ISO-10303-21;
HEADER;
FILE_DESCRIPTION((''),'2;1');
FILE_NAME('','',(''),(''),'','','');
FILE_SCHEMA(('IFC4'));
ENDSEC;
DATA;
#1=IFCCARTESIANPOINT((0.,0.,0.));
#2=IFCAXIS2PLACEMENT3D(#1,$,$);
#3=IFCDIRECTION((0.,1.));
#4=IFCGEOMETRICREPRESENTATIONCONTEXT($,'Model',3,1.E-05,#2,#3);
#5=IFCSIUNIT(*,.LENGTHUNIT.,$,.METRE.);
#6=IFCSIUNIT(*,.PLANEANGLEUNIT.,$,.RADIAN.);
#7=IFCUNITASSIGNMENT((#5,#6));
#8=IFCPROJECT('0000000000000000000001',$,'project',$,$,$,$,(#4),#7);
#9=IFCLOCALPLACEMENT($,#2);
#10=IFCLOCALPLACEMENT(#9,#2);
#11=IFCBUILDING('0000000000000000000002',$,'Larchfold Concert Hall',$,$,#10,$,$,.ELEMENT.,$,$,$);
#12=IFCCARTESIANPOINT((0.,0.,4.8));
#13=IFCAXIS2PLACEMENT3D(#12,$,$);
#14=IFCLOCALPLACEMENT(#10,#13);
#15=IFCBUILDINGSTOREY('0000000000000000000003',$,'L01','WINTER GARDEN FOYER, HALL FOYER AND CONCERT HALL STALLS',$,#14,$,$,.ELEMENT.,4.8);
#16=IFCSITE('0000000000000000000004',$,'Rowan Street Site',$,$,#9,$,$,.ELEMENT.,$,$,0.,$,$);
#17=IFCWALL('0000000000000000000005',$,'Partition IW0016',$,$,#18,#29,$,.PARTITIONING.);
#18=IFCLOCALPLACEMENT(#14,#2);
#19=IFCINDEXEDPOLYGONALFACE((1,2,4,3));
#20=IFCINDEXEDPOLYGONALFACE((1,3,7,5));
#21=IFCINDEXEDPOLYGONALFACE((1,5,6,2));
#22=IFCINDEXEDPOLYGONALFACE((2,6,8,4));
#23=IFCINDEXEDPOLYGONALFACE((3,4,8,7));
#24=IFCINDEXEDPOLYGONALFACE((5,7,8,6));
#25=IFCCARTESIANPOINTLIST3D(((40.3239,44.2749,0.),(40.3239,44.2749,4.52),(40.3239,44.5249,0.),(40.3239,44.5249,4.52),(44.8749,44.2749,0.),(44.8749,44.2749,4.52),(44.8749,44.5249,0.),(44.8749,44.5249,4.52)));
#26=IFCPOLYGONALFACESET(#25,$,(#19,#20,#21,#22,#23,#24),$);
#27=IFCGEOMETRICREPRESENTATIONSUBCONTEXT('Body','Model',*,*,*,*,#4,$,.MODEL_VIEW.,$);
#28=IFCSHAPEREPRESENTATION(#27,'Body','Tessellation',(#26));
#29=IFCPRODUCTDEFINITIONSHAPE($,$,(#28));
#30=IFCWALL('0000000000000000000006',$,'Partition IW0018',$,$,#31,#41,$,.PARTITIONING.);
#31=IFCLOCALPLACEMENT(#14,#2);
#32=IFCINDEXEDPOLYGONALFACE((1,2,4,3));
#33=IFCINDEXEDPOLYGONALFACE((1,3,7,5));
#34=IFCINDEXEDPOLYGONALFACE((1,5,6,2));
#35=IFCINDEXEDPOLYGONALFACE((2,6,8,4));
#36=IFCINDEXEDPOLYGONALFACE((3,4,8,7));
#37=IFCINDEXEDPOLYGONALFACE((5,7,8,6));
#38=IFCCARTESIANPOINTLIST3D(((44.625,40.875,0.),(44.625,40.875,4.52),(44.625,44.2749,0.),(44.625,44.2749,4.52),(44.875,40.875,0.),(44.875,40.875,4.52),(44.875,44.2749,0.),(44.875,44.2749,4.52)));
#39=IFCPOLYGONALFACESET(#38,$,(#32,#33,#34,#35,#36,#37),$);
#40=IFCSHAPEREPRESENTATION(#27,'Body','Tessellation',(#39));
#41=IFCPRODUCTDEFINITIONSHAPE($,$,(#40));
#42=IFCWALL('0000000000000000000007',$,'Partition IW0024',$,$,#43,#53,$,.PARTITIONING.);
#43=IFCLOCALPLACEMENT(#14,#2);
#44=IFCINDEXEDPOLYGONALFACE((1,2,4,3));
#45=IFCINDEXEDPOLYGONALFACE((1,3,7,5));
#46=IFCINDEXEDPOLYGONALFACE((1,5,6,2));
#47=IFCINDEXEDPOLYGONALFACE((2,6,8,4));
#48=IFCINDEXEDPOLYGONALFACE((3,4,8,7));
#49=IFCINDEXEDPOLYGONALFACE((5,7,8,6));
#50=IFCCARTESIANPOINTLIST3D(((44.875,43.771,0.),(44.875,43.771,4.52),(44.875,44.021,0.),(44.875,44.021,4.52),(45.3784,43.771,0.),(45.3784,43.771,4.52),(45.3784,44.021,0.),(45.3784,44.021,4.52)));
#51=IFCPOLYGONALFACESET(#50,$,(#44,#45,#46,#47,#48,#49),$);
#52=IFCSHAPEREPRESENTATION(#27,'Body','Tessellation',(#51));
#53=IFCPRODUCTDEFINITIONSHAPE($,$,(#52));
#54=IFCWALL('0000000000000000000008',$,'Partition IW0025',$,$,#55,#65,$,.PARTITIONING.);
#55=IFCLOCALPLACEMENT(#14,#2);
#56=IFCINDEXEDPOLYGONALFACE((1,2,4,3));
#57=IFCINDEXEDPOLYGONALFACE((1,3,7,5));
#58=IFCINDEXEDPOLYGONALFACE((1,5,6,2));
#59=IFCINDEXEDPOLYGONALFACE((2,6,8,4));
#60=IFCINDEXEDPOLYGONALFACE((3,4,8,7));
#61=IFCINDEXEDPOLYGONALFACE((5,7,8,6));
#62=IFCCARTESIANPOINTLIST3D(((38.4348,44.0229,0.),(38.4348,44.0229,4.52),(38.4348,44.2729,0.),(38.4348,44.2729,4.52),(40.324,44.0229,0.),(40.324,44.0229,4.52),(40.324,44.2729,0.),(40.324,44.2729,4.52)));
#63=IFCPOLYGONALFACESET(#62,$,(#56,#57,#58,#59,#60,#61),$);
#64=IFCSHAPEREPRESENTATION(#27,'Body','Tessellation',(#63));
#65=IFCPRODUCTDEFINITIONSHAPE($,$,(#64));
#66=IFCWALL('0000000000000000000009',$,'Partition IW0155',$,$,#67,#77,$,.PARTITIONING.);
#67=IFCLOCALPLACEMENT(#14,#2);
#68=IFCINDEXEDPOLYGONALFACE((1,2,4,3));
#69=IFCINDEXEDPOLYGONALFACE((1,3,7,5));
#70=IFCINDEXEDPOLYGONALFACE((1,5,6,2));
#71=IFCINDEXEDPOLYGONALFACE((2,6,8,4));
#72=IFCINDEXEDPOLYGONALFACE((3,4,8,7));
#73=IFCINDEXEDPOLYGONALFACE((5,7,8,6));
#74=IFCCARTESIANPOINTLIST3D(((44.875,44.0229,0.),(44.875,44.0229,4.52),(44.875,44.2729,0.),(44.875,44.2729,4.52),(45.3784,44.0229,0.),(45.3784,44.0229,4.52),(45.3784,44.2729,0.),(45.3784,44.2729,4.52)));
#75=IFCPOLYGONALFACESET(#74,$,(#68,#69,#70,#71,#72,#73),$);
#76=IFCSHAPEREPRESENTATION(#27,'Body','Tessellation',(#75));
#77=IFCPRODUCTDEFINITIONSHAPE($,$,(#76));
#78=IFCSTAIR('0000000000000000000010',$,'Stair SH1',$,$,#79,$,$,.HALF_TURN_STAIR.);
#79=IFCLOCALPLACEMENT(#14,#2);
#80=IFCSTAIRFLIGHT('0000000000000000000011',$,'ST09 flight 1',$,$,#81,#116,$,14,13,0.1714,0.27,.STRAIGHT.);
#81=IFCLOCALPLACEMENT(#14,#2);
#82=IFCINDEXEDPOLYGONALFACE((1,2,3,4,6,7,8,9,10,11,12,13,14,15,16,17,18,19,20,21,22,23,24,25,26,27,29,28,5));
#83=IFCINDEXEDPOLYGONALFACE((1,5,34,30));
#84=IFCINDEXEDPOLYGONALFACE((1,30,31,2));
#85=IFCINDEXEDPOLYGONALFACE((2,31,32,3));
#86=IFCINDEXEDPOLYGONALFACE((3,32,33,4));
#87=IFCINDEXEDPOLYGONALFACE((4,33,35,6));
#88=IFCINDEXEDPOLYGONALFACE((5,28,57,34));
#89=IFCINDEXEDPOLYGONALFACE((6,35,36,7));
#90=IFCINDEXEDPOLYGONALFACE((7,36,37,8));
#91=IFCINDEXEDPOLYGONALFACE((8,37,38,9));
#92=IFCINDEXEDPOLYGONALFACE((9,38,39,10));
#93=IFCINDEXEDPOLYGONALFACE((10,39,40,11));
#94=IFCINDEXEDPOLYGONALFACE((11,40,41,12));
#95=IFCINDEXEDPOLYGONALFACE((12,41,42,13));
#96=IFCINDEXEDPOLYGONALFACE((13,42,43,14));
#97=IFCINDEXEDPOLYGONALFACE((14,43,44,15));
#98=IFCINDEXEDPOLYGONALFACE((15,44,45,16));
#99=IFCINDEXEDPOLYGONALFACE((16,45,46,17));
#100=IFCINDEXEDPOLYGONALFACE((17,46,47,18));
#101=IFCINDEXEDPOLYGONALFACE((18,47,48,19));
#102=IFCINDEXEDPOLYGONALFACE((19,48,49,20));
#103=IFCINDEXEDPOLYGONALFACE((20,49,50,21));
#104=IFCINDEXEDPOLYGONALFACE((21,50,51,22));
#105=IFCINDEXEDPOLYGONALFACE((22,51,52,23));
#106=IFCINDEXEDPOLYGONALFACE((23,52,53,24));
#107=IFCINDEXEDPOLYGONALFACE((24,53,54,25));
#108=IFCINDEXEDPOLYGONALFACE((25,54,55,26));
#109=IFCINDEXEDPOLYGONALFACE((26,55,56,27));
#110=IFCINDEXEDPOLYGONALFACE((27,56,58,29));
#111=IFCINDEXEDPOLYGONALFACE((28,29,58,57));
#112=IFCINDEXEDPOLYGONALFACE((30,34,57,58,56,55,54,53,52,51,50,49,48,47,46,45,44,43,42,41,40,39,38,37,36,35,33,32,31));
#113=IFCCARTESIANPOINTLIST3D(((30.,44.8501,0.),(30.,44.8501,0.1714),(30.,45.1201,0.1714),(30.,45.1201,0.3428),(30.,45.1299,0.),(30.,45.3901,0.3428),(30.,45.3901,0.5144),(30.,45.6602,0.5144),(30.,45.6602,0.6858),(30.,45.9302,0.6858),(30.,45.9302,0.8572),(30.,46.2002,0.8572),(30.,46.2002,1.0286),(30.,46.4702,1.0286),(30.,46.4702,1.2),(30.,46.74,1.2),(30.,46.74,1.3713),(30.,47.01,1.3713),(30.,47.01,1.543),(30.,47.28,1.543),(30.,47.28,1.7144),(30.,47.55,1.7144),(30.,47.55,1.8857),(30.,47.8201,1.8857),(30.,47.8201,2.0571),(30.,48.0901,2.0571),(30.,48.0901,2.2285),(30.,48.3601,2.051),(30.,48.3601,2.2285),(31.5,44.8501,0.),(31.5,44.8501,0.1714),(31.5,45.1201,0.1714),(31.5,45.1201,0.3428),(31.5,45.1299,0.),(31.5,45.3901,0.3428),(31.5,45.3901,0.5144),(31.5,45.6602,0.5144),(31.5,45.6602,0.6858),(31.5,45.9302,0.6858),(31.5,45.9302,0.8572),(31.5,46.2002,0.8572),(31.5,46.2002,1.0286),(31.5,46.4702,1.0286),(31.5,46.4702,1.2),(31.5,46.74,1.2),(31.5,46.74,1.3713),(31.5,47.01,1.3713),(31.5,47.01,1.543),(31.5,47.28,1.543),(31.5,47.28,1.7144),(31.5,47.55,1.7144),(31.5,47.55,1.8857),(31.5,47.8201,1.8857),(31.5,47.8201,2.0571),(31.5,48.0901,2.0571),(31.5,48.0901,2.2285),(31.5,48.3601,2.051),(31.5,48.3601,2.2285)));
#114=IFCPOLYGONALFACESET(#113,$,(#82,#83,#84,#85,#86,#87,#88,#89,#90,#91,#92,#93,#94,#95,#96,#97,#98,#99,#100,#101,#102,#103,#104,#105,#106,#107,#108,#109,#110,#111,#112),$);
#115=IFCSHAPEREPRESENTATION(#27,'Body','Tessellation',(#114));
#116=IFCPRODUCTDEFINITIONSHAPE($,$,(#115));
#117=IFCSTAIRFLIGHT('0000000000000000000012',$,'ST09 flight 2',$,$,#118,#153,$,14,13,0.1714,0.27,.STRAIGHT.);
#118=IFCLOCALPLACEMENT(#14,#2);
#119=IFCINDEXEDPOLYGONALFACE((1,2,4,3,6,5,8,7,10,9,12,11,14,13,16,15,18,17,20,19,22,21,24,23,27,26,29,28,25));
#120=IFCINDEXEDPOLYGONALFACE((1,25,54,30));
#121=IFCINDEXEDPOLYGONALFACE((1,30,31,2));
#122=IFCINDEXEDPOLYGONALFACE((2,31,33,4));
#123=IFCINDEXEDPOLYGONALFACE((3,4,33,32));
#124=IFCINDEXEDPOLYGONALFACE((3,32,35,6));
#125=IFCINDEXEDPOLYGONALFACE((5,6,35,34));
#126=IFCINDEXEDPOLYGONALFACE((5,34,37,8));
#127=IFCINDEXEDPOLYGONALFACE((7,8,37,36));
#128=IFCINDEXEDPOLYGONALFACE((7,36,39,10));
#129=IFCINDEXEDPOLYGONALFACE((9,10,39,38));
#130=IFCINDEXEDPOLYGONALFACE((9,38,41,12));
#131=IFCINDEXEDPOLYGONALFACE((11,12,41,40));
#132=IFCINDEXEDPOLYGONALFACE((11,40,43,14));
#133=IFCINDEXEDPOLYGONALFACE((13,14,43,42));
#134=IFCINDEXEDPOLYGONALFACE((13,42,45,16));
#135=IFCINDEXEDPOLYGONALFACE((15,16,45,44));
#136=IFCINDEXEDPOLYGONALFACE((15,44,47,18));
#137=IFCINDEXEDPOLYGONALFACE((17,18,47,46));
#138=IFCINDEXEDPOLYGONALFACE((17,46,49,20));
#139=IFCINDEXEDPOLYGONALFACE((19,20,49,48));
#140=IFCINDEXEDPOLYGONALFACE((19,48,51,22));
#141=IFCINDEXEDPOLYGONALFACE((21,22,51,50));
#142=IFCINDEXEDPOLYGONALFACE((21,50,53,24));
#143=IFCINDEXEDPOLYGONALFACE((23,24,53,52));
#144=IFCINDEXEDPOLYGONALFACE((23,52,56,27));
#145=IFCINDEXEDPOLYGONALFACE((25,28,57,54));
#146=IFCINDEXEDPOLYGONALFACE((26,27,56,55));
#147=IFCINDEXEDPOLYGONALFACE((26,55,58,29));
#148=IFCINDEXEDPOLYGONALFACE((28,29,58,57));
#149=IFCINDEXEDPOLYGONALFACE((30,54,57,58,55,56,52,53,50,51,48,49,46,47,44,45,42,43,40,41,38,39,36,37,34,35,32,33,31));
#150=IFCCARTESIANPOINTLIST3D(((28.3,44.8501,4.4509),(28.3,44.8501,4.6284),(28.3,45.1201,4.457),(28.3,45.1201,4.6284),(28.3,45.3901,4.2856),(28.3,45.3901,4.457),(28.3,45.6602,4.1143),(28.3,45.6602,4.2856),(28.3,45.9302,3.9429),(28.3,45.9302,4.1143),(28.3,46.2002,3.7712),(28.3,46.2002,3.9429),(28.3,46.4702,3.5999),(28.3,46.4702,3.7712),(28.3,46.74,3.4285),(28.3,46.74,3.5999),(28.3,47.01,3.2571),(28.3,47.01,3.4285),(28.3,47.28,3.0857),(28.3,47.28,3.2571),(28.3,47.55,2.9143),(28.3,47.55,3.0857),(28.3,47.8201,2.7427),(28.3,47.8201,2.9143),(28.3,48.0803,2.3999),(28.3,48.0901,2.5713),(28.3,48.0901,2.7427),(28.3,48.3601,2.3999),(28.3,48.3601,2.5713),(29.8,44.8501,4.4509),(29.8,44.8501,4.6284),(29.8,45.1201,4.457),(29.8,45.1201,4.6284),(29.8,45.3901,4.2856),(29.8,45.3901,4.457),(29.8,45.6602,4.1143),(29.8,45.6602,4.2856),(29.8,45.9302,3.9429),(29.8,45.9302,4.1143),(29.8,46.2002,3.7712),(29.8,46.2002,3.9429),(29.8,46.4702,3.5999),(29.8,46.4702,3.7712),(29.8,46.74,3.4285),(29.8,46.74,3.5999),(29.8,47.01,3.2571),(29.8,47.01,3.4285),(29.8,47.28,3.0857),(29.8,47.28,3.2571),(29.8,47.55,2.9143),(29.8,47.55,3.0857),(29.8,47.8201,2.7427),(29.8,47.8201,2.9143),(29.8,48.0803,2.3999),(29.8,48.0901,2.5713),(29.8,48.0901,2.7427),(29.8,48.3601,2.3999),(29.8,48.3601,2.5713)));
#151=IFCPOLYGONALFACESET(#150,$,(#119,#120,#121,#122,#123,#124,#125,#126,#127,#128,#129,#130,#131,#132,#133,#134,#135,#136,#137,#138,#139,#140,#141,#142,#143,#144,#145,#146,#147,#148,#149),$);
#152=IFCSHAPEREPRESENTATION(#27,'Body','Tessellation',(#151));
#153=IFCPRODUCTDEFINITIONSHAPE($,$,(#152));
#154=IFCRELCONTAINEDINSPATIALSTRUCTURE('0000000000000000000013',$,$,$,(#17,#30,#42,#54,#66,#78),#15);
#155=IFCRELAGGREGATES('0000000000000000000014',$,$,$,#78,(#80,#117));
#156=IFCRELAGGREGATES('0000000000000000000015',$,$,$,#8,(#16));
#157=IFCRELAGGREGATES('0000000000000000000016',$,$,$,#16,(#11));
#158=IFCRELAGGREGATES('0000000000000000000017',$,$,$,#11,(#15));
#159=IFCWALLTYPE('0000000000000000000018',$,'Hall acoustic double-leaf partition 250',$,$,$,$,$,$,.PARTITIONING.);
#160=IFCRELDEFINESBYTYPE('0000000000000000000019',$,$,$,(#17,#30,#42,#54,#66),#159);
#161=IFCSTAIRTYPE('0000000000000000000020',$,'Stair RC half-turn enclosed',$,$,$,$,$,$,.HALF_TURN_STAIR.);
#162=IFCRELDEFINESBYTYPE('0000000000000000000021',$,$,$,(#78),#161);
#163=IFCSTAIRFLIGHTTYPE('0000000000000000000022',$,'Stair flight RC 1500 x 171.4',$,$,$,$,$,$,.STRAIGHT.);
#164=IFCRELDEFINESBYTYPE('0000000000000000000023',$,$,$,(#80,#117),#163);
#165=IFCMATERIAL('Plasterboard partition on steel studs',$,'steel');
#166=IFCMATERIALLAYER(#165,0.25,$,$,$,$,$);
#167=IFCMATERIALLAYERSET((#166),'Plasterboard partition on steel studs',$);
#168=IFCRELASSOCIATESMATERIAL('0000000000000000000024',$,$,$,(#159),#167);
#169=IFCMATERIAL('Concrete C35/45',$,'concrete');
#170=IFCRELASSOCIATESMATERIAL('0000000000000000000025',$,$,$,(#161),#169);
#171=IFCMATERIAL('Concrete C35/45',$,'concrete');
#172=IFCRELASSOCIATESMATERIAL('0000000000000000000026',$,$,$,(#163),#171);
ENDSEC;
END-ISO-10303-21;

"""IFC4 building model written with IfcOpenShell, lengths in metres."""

from ifc_helpers import new_model, si_unit, direction, frame, frame_2d, origin, place, context, subcontext, project, spatial, polyline, rectangle, outline, extrude, material, layer, layer_set, type_object, element, aggregate, save


model = new_model("IFC4")

# Units and contexts
model_context = context("Model", 3, precision=1e-05, world=origin(), true_north=direction((0.0, 1.0)))
body_context = subcontext(model_context, "Body", "Model", "MODEL_VIEW")
ifc_project = project(units=[si_unit("LENGTHUNIT", "METRE"), si_unit("PLANEANGLEUNIT", "RADIAN")], contexts=[model_context])

# Site, building, storey
site_placement = place(None, origin())
site = spatial("IfcSite", under=ifc_project, at=site_placement, Name="Rowan Street Site", CompositionType="ELEMENT", RefElevation=0.0)
building_placement = place(site_placement, origin())
building = spatial("IfcBuilding", under=site, at=building_placement, Name="Larchfold Concert Hall", CompositionType="ELEMENT")
storey_placement = place(building_placement, frame((0.0, 0.0, 4.8)))
storey = spatial("IfcBuildingStorey", under=building, at=storey_placement, Name="L01", Description="WINTER GARDEN FOYER, HALL FOYER AND CONCERT HALL STALLS", CompositionType="ELEMENT", Elevation=4.8)

# Walls
ifc_material_1 = material(Name="Plasterboard partition on steel studs", Category="steel")
ifc_layer = layer(ifc_material_1, 0.25)
ifc_layer_set = layer_set([ifc_layer], Name="Plasterboard partition on steel studs")
wall_type = type_object("IfcWallType", Name="Hall acoustic double-leaf partition 250", PredefinedType="PARTITIONING", material=ifc_layer_set)
wall_1_placement = place(storey_placement, frame((40.324, 44.3999, 0.0), z_axis=(0.0, 0.0, 1.0), x_axis=(1.0, 0.0, 0.0)))
element("IfcWall", 1, at=wall_1_placement, inside=storey, type_object=wall_type, Name="Partition IW0016", PredefinedType="PARTITIONING", context=body_context, shape_type="SweptSolid", body=[
    extrude(rectangle(XDim=4.551, YDim=0.25, at=frame_2d((2.2754, 0.0))), origin(), (0.0, 0.0, 1.0), 4.52),
])
wall_2_placement = place(storey_placement, frame((44.75, 44.2749, 0.0), z_axis=(0.0, 0.0, 1.0), x_axis=(0.0, -1.0, 0.0)))
element("IfcWall", 2, at=wall_2_placement, inside=storey, type_object=wall_type, Name="Partition IW0018", PredefinedType="PARTITIONING", context=body_context, shape_type="SweptSolid", body=[
    extrude(rectangle(XDim=3.3999, YDim=0.25, at=frame_2d((1.7, 0.0))), origin(), (0.0, 0.0, 1.0), 4.52),
])

# Walls
wall_3_placement = place(storey_placement, frame((45.3784, 43.896, 0.0), z_axis=(0.0, 0.0, 1.0), x_axis=(-1.0, 0.0, 0.0)))
element("IfcWall", 3, at=wall_3_placement, inside=storey, type_object=wall_type, Name="Partition IW0024", PredefinedType="PARTITIONING", context=body_context, shape_type="SweptSolid", body=[
    extrude(rectangle(XDim=0.5034, YDim=0.25, at=frame_2d((0.2517, 0.0))), origin(), (0.0, 0.0, 1.0), 4.52),
])
wall_4_placement = place(storey_placement, frame((40.324, 44.1479, 0.0), z_axis=(0.0, 0.0, 1.0), x_axis=(-1.0, 0.0, 0.0)))
element("IfcWall", 4, at=wall_4_placement, inside=storey, type_object=wall_type, Name="Partition IW0025", PredefinedType="PARTITIONING", context=body_context, shape_type="SweptSolid", body=[
    extrude(rectangle(XDim=1.8892, YDim=0.25, at=frame_2d((0.9446, 0.0))), origin(), (0.0, 0.0, 1.0), 4.52),
])
wall_5_placement = place(storey_placement, frame((45.3784, 44.1479, 0.0), z_axis=(0.0, 0.0, 1.0), x_axis=(-1.0, 0.0, 0.0)))
element("IfcWall", 5, at=wall_5_placement, inside=storey, type_object=wall_type, Name="Partition IW0155", PredefinedType="PARTITIONING", context=body_context, shape_type="SweptSolid", body=[
    extrude(rectangle(XDim=0.5034, YDim=0.25, at=frame_2d((0.2517, 0.0))), origin(), (0.0, 0.0, 1.0), 4.52),
])

# Stair, stair flights
ifc_material_2 = material(Name="Concrete C35/45", Category="concrete")
stair_type = type_object("IfcStairType", Name="Stair RC half-turn enclosed", PredefinedType="HALF_TURN_STAIR", material=ifc_material_2)
stair_placement = place(storey_placement, origin())
stair = element("IfcStair", 6, at=stair_placement, inside=storey, type_object=stair_type, Name="Stair SH1", PredefinedType="HALF_TURN_STAIR")
ifc_material_3 = material(Name="Concrete C35/45", Category="concrete")
stair_flight_type = type_object("IfcStairFlightType", Name="Stair flight RC 1500 x 171.4", PredefinedType="STRAIGHT", material=ifc_material_3)
stair_flight_1_placement = place(storey_placement, frame((30.75, 44.8501, 0.0), z_axis=(0.0, 0.0, 1.0), x_axis=(0.0, 1.0, 0.0)))
stair_flight_1 = element("IfcStairFlight", 7, at=stair_flight_1_placement, type_object=stair_flight_type, Name="ST09 flight 1", NumberOfRisers=14, NumberOfTreads=13, PredefinedType="STRAIGHT", RiserHeight=0.1714, TreadLength=0.27, context=body_context, shape_type="SweptSolid", body=[
    extrude(outline(polyline([(0.0, 0.0), (0.0, 0.1714), (0.27, 0.1714), (0.27, 0.3428), (0.54, 0.3428), (0.54, 0.5144), (0.8101, 0.5144), (0.8101, 0.6858), (1.0801, 0.6858), (1.0801, 0.8572), (1.3501, 0.8572), (1.3501, 1.0286), (1.6201, 1.0286), (1.6201, 1.2), (1.8899, 1.2), (1.8899, 1.3713), (2.1599, 1.3713), (2.1599, 1.543), (2.4299, 1.543), (2.4299, 1.7144), (2.7, 1.7144), (2.7, 1.8857), (2.97, 1.8857), (2.97, 2.0571), (3.24, 2.0571), (3.24, 2.2285), (3.51, 2.2285), (3.51, 2.3999), (3.51, 2.051), (0.2798, 0.0), (0.0, 0.0)])), frame((0.0, 0.75, 0.0), z_axis=(0.0, -1.0, 0.0), x_axis=(1.0, 0.0, 0.0)), (0.0, 0.0, 1.0), 1.5),
])
stair_flight_2_placement = place(storey_placement, frame((29.05, 48.3601, 2.3999), z_axis=(0.0, 0.0, 1.0), x_axis=(0.0, -1.0, 0.0)))
stair_flight_2 = element("IfcStairFlight", 8, at=stair_flight_2_placement, type_object=stair_flight_type, Name="ST09 flight 2", NumberOfRisers=14, NumberOfTreads=13, PredefinedType="STRAIGHT", RiserHeight=0.1714, TreadLength=0.27, context=body_context, shape_type="SweptSolid", body=[
    extrude(outline(polyline([(0.0, 0.0), (0.0, 0.1714), (0.27, 0.1714), (0.27, 0.3428), (0.54, 0.3428), (0.54, 0.5144), (0.8101, 0.5144), (0.8101, 0.6858), (1.0801, 0.6858), (1.0801, 0.8572), (1.3501, 0.8572), (1.3501, 1.0286), (1.6201, 1.0286), (1.6201, 1.2), (1.8899, 1.2), (1.8899, 1.3713), (2.1599, 1.3713), (2.1599, 1.543), (2.4299, 1.543), (2.4299, 1.7144), (2.7, 1.7144), (2.7, 1.8857), (2.97, 1.8857), (2.97, 2.0571), (3.24, 2.0571), (3.24, 2.2285), (3.51, 2.2285), (3.51, 2.3999), (3.51, 2.051), (0.2798, 0.0), (0.0, 0.0)])), frame((0.0, 0.75, 0.0), z_axis=(0.0, -1.0, 0.0), x_axis=(1.0, 0.0, 0.0)), (0.0, 0.0, 1.0), 1.5),
])
aggregate(stair, [stair_flight_1, stair_flight_2])

save(model, "model.ifc")
